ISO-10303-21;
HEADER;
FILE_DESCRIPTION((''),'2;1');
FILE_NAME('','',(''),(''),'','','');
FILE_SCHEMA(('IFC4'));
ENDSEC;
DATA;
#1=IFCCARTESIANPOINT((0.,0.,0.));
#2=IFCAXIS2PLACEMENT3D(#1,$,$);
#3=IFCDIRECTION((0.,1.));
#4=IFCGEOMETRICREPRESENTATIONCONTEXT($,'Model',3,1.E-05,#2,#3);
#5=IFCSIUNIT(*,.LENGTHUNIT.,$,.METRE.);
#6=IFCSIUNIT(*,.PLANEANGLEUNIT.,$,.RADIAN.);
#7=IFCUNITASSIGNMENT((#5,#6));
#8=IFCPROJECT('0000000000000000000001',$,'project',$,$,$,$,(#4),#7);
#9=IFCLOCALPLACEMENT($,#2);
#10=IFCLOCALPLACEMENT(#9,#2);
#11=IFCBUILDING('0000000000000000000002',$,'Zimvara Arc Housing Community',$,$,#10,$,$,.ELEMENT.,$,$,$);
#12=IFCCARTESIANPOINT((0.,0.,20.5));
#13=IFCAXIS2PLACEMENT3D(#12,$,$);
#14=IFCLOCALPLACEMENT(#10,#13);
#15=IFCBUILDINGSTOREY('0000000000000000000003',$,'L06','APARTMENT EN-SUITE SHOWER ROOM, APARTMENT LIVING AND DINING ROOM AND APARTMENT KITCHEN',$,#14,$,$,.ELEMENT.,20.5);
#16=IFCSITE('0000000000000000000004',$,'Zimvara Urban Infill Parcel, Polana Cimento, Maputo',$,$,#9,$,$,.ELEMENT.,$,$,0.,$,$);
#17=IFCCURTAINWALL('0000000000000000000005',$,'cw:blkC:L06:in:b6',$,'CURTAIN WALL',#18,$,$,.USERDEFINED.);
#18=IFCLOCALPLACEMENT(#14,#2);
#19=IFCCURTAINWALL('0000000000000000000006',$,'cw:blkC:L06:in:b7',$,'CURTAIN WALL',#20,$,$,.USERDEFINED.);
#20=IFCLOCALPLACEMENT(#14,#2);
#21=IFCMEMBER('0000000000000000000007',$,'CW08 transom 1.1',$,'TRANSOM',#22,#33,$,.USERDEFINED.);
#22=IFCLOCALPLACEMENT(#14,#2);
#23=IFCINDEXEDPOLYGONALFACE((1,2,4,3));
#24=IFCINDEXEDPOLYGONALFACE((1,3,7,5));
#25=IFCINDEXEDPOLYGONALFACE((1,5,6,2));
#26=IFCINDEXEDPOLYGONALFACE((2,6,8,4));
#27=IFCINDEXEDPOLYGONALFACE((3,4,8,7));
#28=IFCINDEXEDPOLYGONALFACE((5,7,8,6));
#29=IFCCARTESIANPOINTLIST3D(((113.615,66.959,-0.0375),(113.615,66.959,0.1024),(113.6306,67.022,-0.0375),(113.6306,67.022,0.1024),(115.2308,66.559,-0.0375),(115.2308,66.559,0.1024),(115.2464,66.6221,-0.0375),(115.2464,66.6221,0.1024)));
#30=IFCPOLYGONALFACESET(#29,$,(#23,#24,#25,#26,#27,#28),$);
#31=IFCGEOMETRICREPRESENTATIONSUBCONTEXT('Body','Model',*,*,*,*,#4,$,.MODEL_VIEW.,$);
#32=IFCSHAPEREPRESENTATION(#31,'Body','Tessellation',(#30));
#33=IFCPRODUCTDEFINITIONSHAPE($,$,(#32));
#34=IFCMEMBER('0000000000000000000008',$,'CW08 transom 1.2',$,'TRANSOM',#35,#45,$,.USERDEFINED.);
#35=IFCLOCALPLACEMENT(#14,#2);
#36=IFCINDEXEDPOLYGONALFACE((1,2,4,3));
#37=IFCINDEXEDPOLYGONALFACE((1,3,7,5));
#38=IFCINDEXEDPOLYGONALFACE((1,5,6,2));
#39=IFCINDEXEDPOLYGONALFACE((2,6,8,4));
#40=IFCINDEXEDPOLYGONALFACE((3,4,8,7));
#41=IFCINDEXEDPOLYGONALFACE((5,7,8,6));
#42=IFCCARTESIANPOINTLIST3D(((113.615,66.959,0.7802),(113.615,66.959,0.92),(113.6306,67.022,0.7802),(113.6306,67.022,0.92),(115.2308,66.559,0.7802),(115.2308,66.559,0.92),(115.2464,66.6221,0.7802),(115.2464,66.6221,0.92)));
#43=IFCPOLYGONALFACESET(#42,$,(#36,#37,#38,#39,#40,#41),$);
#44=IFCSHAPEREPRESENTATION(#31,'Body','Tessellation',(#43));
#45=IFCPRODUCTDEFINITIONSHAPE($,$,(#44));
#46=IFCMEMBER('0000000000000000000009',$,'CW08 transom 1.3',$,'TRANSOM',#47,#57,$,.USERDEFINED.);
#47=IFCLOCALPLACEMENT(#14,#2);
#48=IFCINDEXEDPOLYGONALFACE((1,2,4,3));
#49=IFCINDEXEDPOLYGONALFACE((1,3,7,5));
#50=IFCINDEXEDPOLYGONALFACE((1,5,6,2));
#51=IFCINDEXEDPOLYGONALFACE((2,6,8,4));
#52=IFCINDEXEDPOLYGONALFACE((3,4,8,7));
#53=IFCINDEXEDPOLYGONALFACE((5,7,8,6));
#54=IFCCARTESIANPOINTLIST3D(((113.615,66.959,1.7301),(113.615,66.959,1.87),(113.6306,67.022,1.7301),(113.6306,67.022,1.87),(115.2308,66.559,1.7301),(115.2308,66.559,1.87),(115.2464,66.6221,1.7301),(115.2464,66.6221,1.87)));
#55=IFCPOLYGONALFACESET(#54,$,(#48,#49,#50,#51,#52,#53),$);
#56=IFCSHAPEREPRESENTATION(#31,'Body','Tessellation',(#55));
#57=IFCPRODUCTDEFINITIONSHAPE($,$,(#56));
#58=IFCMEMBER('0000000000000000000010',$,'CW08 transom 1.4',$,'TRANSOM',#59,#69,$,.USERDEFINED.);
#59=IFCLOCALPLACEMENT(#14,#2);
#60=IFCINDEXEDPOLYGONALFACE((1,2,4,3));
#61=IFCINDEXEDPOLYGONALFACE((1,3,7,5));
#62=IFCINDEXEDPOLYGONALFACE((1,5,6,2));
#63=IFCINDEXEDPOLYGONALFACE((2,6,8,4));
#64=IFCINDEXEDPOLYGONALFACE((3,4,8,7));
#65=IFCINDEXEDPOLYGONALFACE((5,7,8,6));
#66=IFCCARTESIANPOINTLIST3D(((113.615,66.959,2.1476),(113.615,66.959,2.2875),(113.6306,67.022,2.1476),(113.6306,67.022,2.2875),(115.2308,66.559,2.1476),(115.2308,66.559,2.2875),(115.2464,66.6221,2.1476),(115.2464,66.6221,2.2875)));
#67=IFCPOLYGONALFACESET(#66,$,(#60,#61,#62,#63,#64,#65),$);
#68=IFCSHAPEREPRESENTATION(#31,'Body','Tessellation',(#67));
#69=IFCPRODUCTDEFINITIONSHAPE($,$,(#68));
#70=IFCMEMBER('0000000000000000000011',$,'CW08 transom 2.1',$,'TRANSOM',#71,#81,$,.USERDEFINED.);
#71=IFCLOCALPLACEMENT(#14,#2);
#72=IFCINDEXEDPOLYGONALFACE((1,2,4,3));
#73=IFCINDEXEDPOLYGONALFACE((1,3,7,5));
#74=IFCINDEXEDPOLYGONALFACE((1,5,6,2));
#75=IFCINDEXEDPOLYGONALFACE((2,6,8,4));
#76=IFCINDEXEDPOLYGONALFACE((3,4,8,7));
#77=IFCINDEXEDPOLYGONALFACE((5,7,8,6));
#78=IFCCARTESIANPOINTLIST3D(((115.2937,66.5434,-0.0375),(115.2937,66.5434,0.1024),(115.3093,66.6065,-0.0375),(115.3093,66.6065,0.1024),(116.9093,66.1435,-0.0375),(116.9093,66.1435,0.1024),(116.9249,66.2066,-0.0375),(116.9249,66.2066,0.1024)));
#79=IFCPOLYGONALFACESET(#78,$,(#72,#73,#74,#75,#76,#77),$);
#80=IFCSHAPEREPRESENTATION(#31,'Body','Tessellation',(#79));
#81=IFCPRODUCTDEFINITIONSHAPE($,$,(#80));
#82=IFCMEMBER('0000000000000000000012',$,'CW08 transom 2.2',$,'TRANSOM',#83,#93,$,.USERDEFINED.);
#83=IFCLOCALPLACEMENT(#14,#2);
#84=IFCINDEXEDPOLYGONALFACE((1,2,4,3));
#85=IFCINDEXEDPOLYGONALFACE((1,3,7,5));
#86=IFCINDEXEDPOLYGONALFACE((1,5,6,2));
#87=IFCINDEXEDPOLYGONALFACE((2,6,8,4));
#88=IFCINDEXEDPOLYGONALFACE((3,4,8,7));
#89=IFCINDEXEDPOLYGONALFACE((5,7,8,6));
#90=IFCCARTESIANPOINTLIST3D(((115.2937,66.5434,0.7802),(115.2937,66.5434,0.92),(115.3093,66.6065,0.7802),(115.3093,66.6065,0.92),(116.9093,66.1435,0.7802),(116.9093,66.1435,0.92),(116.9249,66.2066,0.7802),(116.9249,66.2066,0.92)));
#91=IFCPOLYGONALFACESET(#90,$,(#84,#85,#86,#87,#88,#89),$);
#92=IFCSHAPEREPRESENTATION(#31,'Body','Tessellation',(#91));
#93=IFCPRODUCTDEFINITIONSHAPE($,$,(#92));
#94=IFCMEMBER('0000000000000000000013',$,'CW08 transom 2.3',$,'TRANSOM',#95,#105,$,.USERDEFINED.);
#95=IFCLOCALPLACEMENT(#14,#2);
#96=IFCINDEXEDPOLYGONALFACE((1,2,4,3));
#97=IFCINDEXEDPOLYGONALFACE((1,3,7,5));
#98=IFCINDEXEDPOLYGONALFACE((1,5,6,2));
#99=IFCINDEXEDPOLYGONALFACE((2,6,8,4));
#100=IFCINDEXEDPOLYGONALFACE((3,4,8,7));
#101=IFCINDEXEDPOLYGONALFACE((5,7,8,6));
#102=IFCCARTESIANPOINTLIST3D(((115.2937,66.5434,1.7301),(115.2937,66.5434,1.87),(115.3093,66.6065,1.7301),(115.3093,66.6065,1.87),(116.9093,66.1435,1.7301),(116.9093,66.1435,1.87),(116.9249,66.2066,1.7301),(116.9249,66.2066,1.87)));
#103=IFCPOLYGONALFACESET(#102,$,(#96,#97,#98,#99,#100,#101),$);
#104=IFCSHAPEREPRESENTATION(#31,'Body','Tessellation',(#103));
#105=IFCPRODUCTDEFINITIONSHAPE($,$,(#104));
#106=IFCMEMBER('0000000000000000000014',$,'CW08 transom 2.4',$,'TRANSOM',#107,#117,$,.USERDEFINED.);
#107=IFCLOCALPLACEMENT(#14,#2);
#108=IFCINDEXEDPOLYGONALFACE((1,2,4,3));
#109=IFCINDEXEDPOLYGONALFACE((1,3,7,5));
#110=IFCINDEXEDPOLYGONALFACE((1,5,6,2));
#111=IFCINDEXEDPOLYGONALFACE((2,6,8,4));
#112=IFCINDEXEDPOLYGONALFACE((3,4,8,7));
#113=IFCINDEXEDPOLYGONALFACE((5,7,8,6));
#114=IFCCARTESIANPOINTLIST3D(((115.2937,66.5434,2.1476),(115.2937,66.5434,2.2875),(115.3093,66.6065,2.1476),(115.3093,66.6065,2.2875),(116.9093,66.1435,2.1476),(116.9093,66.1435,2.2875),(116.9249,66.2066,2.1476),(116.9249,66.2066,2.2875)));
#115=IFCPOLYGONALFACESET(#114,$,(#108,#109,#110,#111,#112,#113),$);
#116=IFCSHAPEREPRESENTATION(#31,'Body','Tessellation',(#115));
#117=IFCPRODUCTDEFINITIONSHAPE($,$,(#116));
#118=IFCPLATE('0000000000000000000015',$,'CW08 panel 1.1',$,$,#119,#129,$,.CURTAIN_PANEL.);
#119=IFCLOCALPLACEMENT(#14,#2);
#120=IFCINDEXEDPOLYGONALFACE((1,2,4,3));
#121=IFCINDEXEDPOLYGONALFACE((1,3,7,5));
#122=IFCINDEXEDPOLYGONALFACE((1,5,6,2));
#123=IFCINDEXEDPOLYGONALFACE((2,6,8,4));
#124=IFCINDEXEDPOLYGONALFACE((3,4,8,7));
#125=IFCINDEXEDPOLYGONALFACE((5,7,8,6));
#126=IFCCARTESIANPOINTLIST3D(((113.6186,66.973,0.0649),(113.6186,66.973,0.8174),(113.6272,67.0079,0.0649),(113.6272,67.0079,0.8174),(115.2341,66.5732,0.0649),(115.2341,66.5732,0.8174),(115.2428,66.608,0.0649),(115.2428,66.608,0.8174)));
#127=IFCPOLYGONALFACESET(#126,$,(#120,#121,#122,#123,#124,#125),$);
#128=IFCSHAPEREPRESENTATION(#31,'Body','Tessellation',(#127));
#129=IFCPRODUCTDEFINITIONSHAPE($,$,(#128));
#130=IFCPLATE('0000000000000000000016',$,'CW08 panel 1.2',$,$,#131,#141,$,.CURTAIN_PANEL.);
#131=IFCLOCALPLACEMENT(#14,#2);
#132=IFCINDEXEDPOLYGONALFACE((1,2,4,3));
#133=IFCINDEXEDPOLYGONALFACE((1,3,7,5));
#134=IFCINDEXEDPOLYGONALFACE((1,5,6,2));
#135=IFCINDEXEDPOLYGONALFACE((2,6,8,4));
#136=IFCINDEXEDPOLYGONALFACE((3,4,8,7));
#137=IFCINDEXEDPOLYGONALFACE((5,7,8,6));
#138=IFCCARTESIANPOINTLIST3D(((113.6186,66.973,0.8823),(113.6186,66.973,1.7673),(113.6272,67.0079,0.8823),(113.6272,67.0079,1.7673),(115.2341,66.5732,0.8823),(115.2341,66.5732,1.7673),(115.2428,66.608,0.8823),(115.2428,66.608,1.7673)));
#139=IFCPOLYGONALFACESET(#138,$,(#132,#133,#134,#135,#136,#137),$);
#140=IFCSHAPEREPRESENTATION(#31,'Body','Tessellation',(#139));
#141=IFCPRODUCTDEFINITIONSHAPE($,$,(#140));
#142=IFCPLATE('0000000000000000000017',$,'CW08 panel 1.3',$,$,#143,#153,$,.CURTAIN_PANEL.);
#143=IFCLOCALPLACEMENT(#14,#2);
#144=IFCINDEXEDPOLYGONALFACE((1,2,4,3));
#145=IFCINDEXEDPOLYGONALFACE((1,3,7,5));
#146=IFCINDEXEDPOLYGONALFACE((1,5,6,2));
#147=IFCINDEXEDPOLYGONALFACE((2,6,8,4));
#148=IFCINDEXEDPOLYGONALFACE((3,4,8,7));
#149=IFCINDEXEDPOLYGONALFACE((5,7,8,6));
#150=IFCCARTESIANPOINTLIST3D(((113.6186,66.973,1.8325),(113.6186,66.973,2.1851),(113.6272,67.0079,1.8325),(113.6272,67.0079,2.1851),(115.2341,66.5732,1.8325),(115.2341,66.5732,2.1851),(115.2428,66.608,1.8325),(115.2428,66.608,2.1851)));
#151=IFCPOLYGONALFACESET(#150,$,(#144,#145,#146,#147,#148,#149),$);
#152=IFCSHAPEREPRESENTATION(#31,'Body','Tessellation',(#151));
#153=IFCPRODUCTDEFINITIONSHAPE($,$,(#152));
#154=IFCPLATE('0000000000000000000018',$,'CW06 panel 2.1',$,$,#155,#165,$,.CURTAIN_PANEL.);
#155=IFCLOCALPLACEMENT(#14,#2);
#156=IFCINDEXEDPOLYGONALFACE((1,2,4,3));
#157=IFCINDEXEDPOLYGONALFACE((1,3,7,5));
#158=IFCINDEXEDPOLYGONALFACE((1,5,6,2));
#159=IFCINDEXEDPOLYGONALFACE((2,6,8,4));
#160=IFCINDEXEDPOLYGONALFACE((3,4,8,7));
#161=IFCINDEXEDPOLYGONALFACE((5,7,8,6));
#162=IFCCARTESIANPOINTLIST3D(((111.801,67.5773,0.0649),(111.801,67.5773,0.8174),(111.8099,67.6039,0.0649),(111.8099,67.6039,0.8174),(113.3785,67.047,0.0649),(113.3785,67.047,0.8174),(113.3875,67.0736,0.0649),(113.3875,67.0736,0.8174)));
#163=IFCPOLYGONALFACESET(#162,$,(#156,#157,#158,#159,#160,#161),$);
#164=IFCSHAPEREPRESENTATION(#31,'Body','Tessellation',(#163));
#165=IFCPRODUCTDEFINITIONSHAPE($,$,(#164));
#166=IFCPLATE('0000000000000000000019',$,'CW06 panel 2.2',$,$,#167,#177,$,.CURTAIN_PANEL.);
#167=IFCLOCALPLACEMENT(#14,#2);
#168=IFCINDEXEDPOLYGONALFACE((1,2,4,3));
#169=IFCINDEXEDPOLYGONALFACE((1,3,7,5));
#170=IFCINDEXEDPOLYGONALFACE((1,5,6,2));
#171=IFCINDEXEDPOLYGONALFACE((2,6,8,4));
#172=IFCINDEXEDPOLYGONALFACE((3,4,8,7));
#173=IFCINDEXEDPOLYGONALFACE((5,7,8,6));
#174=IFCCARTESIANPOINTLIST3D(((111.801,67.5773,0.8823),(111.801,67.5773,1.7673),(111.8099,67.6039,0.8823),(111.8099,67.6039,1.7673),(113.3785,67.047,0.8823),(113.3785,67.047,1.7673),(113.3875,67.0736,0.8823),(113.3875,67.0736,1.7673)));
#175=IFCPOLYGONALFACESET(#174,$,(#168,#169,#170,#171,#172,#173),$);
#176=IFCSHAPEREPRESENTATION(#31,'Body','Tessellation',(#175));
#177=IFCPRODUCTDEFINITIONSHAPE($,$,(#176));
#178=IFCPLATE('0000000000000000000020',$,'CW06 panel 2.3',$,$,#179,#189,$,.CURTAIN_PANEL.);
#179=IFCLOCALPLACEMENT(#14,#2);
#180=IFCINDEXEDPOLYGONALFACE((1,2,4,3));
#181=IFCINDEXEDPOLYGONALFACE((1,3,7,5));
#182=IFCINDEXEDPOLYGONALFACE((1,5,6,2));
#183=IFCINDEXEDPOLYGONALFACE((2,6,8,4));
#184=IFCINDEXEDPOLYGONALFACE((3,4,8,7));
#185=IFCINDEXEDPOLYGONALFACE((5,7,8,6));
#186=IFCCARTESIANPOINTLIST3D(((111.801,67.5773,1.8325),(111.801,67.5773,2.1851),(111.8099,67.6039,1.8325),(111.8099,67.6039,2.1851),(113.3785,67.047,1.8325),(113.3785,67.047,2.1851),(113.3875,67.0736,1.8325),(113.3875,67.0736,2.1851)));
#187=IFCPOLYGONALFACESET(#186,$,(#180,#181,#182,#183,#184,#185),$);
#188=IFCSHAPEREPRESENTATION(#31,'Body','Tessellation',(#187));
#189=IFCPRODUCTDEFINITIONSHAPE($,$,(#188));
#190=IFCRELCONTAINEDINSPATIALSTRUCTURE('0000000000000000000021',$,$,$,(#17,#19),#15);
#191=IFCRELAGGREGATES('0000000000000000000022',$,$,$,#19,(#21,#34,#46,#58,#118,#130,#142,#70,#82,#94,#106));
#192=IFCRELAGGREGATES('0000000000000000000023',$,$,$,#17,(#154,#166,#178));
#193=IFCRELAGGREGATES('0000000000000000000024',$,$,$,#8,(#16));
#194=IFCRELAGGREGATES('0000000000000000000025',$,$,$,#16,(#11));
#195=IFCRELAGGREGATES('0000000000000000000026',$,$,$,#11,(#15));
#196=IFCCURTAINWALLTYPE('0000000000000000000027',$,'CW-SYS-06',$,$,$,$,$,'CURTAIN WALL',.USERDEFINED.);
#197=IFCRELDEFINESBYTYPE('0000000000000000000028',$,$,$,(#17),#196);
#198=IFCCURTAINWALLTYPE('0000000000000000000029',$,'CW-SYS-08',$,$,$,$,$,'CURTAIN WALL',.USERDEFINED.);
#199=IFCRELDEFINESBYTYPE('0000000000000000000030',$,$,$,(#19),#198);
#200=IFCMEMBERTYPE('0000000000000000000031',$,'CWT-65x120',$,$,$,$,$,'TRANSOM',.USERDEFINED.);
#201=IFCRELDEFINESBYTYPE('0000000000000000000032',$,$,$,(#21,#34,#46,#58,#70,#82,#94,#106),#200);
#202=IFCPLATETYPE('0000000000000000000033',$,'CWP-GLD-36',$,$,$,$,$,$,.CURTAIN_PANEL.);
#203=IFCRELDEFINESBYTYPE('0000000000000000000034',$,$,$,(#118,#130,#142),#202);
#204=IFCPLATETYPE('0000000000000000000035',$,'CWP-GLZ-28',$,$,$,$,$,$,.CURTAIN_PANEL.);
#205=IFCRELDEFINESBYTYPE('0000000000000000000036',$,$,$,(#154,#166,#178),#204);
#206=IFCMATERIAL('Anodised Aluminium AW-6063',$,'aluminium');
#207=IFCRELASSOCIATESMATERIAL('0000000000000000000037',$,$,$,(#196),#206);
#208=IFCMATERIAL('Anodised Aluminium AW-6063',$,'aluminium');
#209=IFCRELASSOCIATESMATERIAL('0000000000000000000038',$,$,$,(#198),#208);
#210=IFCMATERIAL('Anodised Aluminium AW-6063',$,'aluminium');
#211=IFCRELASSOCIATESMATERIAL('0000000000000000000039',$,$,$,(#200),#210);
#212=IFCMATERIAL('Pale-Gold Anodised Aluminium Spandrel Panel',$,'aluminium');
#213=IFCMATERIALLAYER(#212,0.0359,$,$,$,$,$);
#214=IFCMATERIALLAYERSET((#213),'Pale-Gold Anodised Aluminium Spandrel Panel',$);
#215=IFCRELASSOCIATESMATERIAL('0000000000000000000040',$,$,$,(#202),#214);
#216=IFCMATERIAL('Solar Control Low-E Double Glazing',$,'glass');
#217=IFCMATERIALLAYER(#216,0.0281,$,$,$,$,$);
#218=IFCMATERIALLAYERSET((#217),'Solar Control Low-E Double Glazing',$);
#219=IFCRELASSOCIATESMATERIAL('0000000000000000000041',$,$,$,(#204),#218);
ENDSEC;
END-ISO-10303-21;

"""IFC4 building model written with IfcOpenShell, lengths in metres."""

from ifc_helpers import new_model, si_unit, direction, frame, origin, origin_2d, place, context, subcontext, project, spatial, rectangle, extrude, material, layer, layer_set, material_profile, profile_set, type_object, element, aggregate, save


model = new_model("IFC4")

# Units and contexts
model_context = context("Model", 3, precision=1e-05, world=origin(), true_north=direction((0.0, 1.0)))
body_context = subcontext(model_context, "Body", "Model", "MODEL_VIEW")
ifc_project = project(units=[si_unit("LENGTHUNIT", "METRE"), si_unit("PLANEANGLEUNIT", "RADIAN")], contexts=[model_context])

# Site, building, storey
site_placement = place(None, origin())
site = spatial("IfcSite", under=ifc_project, at=site_placement, Name="Zimvara Urban Infill Parcel, Polana Cimento, Maputo", CompositionType="ELEMENT", RefElevation=0.0)
building_placement = place(site_placement, origin())
building = spatial("IfcBuilding", under=site, at=building_placement, Name="Zimvara Arc Housing Community", CompositionType="ELEMENT")
storey_placement = place(building_placement, frame((0.0, 0.0, 20.5)))
storey = spatial("IfcBuildingStorey", under=building, at=storey_placement, Name="L06", Description="APARTMENT EN-SUITE SHOWER ROOM, APARTMENT LIVING AND DINING ROOM AND APARTMENT KITCHEN", CompositionType="ELEMENT", Elevation=20.5)

# Curtain wall
ifc_material_1 = material(Name="Anodised Aluminium AW-6063", Category="aluminium")
curtain_wall_type_1 = type_object("IfcCurtainWallType", Name="CW-SYS-06", ElementType="CURTAIN WALL", PredefinedType="USERDEFINED", material=ifc_material_1)
curtain_wall_1_placement = place(storey_placement, origin())
curtain_wall_1 = element("IfcCurtainWall", 1, at=curtain_wall_1_placement, inside=storey, type_object=curtain_wall_type_1, Name="cw:blkC:L06:in:b6", ObjectType="CURTAIN WALL", PredefinedType="USERDEFINED")

# Curtain wall
ifc_material_2 = material(Name="Anodised Aluminium AW-6063", Category="aluminium")
curtain_wall_type_2 = type_object("IfcCurtainWallType", Name="CW-SYS-08", ElementType="CURTAIN WALL", PredefinedType="USERDEFINED", material=ifc_material_2)
curtain_wall_2_placement = place(storey_placement, origin())
curtain_wall_2 = element("IfcCurtainWall", 2, at=curtain_wall_2_placement, inside=storey, type_object=curtain_wall_type_2, Name="cw:blkC:L06:in:b7", ObjectType="CURTAIN WALL", PredefinedType="USERDEFINED")

# Members
ifc_material_3 = material(Name="Anodised Aluminium AW-6063", Category="aluminium")
ifc_material_profile_1 = material_profile(ifc_material_3, rectangle(XDim=0.0649, YDim=0.1399, at=origin_2d()), Name="ALU 65x140")
ifc_profile_set_1 = profile_set([ifc_material_profile_1], Name="Anodised Aluminium AW-6063")
member_type_1 = type_object("IfcMemberType", Name="CWT-65x120", ElementType="TRANSOM", PredefinedType="USERDEFINED", material=ifc_profile_set_1)
member_1_placement = place(storey_placement, frame((113.6228, 66.9905, 0.0325), z_axis=(0.970709, -0.240257, 0.0), x_axis=(0.240257, 0.970709, 0.0)))
member_1 = element("IfcMember", 3, at=member_1_placement, type_object=member_type_1, Name="CW08 transom 1.1", ObjectType="TRANSOM", PredefinedType="USERDEFINED", context=body_context, shape_type="SweptSolid", body=[
    extrude(rectangle(XDim=0.0649, YDim=0.1399, at=origin_2d()), origin(), (0.0, 0.0, 1.0), 1.6646),
])
member_2_placement = place(storey_placement, frame((113.6228, 66.9905, 0.8501), z_axis=(0.970709, -0.240257, 0.0), x_axis=(0.240257, 0.970709, 0.0)))
member_2 = element("IfcMember", 4, at=member_2_placement, type_object=member_type_1, Name="CW08 transom 1.2", ObjectType="TRANSOM", PredefinedType="USERDEFINED", context=body_context, shape_type="SweptSolid", body=[
    extrude(rectangle(XDim=0.0649, YDim=0.1399, at=origin_2d()), origin(), (0.0, 0.0, 1.0), 1.6646),
])
member_3_placement = place(storey_placement, frame((113.6228, 66.9905, 1.8), z_axis=(0.970709, -0.240257, 0.0), x_axis=(0.240257, 0.970709, 0.0)))
member_3 = element("IfcMember", 5, at=member_3_placement, type_object=member_type_1, Name="CW08 transom 1.3", ObjectType="TRANSOM", PredefinedType="USERDEFINED", context=body_context, shape_type="SweptSolid", body=[
    extrude(rectangle(XDim=0.0649, YDim=0.1399, at=origin_2d()), origin(), (0.0, 0.0, 1.0), 1.6646),
])
member_4_placement = place(storey_placement, frame((113.6228, 66.9905, 2.2175), z_axis=(0.970709, -0.240257, 0.0), x_axis=(0.240257, 0.970709, 0.0)))
member_4 = element("IfcMember", 6, at=member_4_placement, type_object=member_type_1, Name="CW08 transom 1.4", ObjectType="TRANSOM", PredefinedType="USERDEFINED", context=body_context, shape_type="SweptSolid", body=[
    extrude(rectangle(XDim=0.0649, YDim=0.1399, at=origin_2d()), origin(), (0.0, 0.0, 1.0), 1.6646),
])
member_5_placement = place(storey_placement, frame((115.3015, 66.575, 0.0325), z_axis=(0.970701, -0.240291, 0.0), x_axis=(0.240291, 0.970701, 0.0)))
member_5 = element("IfcMember", 7, at=member_5_placement, type_object=member_type_1, Name="CW08 transom 2.1", ObjectType="TRANSOM", PredefinedType="USERDEFINED", context=body_context, shape_type="SweptSolid", body=[
    extrude(rectangle(XDim=0.0649, YDim=0.1399, at=origin_2d()), origin(), (0.0, 0.0, 1.0), 1.6643),
])
member_6_placement = place(storey_placement, frame((115.3015, 66.575, 0.8501), z_axis=(0.970701, -0.240291, 0.0), x_axis=(0.240291, 0.970701, 0.0)))
member_6 = element("IfcMember", 8, at=member_6_placement, type_object=member_type_1, Name="CW08 transom 2.2", ObjectType="TRANSOM", PredefinedType="USERDEFINED", context=body_context, shape_type="SweptSolid", body=[
    extrude(rectangle(XDim=0.0649, YDim=0.1399, at=origin_2d()), origin(), (0.0, 0.0, 1.0), 1.6643),
])
member_7_placement = place(storey_placement, frame((115.3015, 66.575, 1.8), z_axis=(0.970701, -0.240291, 0.0), x_axis=(0.240291, 0.970701, 0.0)))
member_7 = element("IfcMember", 9, at=member_7_placement, type_object=member_type_1, Name="CW08 transom 2.3", ObjectType="TRANSOM", PredefinedType="USERDEFINED", context=body_context, shape_type="SweptSolid", body=[
    extrude(rectangle(XDim=0.0649, YDim=0.1399, at=origin_2d()), origin(), (0.0, 0.0, 1.0), 1.6643),
])
member_8_placement = place(storey_placement, frame((115.3015, 66.575, 2.2175), z_axis=(0.970701, -0.240291, 0.0), x_axis=(0.240291, 0.970701, 0.0)))
member_8 = element("IfcMember", 10, at=member_8_placement, type_object=member_type_1, Name="CW08 transom 2.4", ObjectType="TRANSOM", PredefinedType="USERDEFINED", context=body_context, shape_type="SweptSolid", body=[
    extrude(rectangle(XDim=0.0649, YDim=0.1399, at=origin_2d()), origin(), (0.0, 0.0, 1.0), 1.6643),
])

# Plates
ifc_material_4 = material(Name="Pale-Gold Anodised Aluminium Spandrel Panel", Category="aluminium")
ifc_layer_1 = layer(ifc_material_4, 0.0359)
ifc_layer_set_1 = layer_set([ifc_layer_1], Name="Pale-Gold Anodised Aluminium Spandrel Panel")
plate_type_1 = type_object("IfcPlateType", Name="CWP-GLD-36", PredefinedType="CURTAIN_PANEL", material=ifc_layer_set_1)
plate_1_placement = place(storey_placement, frame((114.4307, 66.7905, 0.0649), z_axis=(0.0, 0.0, 1.0), x_axis=(0.970717, -0.240228, 0.0)))
plate_1 = element("IfcPlate", 11, at=plate_1_placement, type_object=plate_type_1, Name="CW08 panel 1.1", PredefinedType="CURTAIN_PANEL", context=body_context, shape_type="SweptSolid", body=[
    extrude(rectangle(XDim=1.6643, YDim=0.0359, at=origin_2d()), origin(), (0.0, 0.0, 1.0), 0.7524),
])
plate_2_placement = place(storey_placement, frame((114.4307, 66.7905, 0.8823), z_axis=(0.0, 0.0, 1.0), x_axis=(0.970717, -0.240228, 0.0)))
plate_2 = element("IfcPlate", 12, at=plate_2_placement, type_object=plate_type_1, Name="CW08 panel 1.2", PredefinedType="CURTAIN_PANEL", context=body_context, shape_type="SweptSolid", body=[
    extrude(rectangle(XDim=1.6643, YDim=0.0359, at=origin_2d()), origin(), (0.0, 0.0, 1.0), 0.885),
])
plate_3_placement = place(storey_placement, frame((114.4307, 66.7905, 1.8325), z_axis=(0.0, 0.0, 1.0), x_axis=(0.970717, -0.240228, 0.0)))
plate_3 = element("IfcPlate", 13, at=plate_3_placement, type_object=plate_type_1, Name="CW08 panel 1.3", PredefinedType="CURTAIN_PANEL", context=body_context, shape_type="SweptSolid", body=[
    extrude(rectangle(XDim=1.6643, YDim=0.0359, at=origin_2d()), origin(), (0.0, 0.0, 1.0), 0.3525),
])
aggregate(curtain_wall_2, [member_1, member_2, member_3, member_4, plate_1, plate_2, plate_3, member_5, member_6, member_7, member_8])
ifc_material_5 = material(Name="Solar Control Low-E Double Glazing", Category="glass")
ifc_layer_2 = layer(ifc_material_5, 0.0281)
ifc_layer_set_2 = layer_set([ifc_layer_2], Name="Solar Control Low-E Double Glazing")
plate_type_2 = type_object("IfcPlateType", Name="CWP-GLZ-28", PredefinedType="CURTAIN_PANEL", material=ifc_layer_set_2)
plate_4_placement = place(storey_placement, frame((112.5942, 67.3254, 0.0649), z_axis=(0.0, 0.0, 1.0), x_axis=(0.947879, -0.31863, 0.0)))
plate_4 = element("IfcPlate", 14, at=plate_4_placement, type_object=plate_type_2, Name="CW06 panel 2.1", PredefinedType="CURTAIN_PANEL", context=body_context, shape_type="SweptSolid", body=[
    extrude(rectangle(XDim=1.6643, YDim=0.0281, at=origin_2d()), origin(), (0.0, 0.0, 1.0), 0.7524),
])
plate_5_placement = place(storey_placement, frame((112.5942, 67.3254, 0.8823), z_axis=(0.0, 0.0, 1.0), x_axis=(0.947879, -0.31863, 0.0)))
plate_5 = element("IfcPlate", 15, at=plate_5_placement, type_object=plate_type_2, Name="CW06 panel 2.2", PredefinedType="CURTAIN_PANEL", context=body_context, shape_type="SweptSolid", body=[
    extrude(rectangle(XDim=1.6643, YDim=0.0281, at=origin_2d()), origin(), (0.0, 0.0, 1.0), 0.885),
])
plate_6_placement = place(storey_placement, frame((112.5942, 67.3254, 1.8325), z_axis=(0.0, 0.0, 1.0), x_axis=(0.947879, -0.31863, 0.0)))
plate_6 = element("IfcPlate", 16, at=plate_6_placement, type_object=plate_type_2, Name="CW06 panel 2.3", PredefinedType="CURTAIN_PANEL", context=body_context, shape_type="SweptSolid", body=[
    extrude(rectangle(XDim=1.6643, YDim=0.0281, at=origin_2d()), origin(), (0.0, 0.0, 1.0), 0.3525),
])
aggregate(curtain_wall_1, [plate_4, plate_5, plate_6])

save(model, "model.ifc")
